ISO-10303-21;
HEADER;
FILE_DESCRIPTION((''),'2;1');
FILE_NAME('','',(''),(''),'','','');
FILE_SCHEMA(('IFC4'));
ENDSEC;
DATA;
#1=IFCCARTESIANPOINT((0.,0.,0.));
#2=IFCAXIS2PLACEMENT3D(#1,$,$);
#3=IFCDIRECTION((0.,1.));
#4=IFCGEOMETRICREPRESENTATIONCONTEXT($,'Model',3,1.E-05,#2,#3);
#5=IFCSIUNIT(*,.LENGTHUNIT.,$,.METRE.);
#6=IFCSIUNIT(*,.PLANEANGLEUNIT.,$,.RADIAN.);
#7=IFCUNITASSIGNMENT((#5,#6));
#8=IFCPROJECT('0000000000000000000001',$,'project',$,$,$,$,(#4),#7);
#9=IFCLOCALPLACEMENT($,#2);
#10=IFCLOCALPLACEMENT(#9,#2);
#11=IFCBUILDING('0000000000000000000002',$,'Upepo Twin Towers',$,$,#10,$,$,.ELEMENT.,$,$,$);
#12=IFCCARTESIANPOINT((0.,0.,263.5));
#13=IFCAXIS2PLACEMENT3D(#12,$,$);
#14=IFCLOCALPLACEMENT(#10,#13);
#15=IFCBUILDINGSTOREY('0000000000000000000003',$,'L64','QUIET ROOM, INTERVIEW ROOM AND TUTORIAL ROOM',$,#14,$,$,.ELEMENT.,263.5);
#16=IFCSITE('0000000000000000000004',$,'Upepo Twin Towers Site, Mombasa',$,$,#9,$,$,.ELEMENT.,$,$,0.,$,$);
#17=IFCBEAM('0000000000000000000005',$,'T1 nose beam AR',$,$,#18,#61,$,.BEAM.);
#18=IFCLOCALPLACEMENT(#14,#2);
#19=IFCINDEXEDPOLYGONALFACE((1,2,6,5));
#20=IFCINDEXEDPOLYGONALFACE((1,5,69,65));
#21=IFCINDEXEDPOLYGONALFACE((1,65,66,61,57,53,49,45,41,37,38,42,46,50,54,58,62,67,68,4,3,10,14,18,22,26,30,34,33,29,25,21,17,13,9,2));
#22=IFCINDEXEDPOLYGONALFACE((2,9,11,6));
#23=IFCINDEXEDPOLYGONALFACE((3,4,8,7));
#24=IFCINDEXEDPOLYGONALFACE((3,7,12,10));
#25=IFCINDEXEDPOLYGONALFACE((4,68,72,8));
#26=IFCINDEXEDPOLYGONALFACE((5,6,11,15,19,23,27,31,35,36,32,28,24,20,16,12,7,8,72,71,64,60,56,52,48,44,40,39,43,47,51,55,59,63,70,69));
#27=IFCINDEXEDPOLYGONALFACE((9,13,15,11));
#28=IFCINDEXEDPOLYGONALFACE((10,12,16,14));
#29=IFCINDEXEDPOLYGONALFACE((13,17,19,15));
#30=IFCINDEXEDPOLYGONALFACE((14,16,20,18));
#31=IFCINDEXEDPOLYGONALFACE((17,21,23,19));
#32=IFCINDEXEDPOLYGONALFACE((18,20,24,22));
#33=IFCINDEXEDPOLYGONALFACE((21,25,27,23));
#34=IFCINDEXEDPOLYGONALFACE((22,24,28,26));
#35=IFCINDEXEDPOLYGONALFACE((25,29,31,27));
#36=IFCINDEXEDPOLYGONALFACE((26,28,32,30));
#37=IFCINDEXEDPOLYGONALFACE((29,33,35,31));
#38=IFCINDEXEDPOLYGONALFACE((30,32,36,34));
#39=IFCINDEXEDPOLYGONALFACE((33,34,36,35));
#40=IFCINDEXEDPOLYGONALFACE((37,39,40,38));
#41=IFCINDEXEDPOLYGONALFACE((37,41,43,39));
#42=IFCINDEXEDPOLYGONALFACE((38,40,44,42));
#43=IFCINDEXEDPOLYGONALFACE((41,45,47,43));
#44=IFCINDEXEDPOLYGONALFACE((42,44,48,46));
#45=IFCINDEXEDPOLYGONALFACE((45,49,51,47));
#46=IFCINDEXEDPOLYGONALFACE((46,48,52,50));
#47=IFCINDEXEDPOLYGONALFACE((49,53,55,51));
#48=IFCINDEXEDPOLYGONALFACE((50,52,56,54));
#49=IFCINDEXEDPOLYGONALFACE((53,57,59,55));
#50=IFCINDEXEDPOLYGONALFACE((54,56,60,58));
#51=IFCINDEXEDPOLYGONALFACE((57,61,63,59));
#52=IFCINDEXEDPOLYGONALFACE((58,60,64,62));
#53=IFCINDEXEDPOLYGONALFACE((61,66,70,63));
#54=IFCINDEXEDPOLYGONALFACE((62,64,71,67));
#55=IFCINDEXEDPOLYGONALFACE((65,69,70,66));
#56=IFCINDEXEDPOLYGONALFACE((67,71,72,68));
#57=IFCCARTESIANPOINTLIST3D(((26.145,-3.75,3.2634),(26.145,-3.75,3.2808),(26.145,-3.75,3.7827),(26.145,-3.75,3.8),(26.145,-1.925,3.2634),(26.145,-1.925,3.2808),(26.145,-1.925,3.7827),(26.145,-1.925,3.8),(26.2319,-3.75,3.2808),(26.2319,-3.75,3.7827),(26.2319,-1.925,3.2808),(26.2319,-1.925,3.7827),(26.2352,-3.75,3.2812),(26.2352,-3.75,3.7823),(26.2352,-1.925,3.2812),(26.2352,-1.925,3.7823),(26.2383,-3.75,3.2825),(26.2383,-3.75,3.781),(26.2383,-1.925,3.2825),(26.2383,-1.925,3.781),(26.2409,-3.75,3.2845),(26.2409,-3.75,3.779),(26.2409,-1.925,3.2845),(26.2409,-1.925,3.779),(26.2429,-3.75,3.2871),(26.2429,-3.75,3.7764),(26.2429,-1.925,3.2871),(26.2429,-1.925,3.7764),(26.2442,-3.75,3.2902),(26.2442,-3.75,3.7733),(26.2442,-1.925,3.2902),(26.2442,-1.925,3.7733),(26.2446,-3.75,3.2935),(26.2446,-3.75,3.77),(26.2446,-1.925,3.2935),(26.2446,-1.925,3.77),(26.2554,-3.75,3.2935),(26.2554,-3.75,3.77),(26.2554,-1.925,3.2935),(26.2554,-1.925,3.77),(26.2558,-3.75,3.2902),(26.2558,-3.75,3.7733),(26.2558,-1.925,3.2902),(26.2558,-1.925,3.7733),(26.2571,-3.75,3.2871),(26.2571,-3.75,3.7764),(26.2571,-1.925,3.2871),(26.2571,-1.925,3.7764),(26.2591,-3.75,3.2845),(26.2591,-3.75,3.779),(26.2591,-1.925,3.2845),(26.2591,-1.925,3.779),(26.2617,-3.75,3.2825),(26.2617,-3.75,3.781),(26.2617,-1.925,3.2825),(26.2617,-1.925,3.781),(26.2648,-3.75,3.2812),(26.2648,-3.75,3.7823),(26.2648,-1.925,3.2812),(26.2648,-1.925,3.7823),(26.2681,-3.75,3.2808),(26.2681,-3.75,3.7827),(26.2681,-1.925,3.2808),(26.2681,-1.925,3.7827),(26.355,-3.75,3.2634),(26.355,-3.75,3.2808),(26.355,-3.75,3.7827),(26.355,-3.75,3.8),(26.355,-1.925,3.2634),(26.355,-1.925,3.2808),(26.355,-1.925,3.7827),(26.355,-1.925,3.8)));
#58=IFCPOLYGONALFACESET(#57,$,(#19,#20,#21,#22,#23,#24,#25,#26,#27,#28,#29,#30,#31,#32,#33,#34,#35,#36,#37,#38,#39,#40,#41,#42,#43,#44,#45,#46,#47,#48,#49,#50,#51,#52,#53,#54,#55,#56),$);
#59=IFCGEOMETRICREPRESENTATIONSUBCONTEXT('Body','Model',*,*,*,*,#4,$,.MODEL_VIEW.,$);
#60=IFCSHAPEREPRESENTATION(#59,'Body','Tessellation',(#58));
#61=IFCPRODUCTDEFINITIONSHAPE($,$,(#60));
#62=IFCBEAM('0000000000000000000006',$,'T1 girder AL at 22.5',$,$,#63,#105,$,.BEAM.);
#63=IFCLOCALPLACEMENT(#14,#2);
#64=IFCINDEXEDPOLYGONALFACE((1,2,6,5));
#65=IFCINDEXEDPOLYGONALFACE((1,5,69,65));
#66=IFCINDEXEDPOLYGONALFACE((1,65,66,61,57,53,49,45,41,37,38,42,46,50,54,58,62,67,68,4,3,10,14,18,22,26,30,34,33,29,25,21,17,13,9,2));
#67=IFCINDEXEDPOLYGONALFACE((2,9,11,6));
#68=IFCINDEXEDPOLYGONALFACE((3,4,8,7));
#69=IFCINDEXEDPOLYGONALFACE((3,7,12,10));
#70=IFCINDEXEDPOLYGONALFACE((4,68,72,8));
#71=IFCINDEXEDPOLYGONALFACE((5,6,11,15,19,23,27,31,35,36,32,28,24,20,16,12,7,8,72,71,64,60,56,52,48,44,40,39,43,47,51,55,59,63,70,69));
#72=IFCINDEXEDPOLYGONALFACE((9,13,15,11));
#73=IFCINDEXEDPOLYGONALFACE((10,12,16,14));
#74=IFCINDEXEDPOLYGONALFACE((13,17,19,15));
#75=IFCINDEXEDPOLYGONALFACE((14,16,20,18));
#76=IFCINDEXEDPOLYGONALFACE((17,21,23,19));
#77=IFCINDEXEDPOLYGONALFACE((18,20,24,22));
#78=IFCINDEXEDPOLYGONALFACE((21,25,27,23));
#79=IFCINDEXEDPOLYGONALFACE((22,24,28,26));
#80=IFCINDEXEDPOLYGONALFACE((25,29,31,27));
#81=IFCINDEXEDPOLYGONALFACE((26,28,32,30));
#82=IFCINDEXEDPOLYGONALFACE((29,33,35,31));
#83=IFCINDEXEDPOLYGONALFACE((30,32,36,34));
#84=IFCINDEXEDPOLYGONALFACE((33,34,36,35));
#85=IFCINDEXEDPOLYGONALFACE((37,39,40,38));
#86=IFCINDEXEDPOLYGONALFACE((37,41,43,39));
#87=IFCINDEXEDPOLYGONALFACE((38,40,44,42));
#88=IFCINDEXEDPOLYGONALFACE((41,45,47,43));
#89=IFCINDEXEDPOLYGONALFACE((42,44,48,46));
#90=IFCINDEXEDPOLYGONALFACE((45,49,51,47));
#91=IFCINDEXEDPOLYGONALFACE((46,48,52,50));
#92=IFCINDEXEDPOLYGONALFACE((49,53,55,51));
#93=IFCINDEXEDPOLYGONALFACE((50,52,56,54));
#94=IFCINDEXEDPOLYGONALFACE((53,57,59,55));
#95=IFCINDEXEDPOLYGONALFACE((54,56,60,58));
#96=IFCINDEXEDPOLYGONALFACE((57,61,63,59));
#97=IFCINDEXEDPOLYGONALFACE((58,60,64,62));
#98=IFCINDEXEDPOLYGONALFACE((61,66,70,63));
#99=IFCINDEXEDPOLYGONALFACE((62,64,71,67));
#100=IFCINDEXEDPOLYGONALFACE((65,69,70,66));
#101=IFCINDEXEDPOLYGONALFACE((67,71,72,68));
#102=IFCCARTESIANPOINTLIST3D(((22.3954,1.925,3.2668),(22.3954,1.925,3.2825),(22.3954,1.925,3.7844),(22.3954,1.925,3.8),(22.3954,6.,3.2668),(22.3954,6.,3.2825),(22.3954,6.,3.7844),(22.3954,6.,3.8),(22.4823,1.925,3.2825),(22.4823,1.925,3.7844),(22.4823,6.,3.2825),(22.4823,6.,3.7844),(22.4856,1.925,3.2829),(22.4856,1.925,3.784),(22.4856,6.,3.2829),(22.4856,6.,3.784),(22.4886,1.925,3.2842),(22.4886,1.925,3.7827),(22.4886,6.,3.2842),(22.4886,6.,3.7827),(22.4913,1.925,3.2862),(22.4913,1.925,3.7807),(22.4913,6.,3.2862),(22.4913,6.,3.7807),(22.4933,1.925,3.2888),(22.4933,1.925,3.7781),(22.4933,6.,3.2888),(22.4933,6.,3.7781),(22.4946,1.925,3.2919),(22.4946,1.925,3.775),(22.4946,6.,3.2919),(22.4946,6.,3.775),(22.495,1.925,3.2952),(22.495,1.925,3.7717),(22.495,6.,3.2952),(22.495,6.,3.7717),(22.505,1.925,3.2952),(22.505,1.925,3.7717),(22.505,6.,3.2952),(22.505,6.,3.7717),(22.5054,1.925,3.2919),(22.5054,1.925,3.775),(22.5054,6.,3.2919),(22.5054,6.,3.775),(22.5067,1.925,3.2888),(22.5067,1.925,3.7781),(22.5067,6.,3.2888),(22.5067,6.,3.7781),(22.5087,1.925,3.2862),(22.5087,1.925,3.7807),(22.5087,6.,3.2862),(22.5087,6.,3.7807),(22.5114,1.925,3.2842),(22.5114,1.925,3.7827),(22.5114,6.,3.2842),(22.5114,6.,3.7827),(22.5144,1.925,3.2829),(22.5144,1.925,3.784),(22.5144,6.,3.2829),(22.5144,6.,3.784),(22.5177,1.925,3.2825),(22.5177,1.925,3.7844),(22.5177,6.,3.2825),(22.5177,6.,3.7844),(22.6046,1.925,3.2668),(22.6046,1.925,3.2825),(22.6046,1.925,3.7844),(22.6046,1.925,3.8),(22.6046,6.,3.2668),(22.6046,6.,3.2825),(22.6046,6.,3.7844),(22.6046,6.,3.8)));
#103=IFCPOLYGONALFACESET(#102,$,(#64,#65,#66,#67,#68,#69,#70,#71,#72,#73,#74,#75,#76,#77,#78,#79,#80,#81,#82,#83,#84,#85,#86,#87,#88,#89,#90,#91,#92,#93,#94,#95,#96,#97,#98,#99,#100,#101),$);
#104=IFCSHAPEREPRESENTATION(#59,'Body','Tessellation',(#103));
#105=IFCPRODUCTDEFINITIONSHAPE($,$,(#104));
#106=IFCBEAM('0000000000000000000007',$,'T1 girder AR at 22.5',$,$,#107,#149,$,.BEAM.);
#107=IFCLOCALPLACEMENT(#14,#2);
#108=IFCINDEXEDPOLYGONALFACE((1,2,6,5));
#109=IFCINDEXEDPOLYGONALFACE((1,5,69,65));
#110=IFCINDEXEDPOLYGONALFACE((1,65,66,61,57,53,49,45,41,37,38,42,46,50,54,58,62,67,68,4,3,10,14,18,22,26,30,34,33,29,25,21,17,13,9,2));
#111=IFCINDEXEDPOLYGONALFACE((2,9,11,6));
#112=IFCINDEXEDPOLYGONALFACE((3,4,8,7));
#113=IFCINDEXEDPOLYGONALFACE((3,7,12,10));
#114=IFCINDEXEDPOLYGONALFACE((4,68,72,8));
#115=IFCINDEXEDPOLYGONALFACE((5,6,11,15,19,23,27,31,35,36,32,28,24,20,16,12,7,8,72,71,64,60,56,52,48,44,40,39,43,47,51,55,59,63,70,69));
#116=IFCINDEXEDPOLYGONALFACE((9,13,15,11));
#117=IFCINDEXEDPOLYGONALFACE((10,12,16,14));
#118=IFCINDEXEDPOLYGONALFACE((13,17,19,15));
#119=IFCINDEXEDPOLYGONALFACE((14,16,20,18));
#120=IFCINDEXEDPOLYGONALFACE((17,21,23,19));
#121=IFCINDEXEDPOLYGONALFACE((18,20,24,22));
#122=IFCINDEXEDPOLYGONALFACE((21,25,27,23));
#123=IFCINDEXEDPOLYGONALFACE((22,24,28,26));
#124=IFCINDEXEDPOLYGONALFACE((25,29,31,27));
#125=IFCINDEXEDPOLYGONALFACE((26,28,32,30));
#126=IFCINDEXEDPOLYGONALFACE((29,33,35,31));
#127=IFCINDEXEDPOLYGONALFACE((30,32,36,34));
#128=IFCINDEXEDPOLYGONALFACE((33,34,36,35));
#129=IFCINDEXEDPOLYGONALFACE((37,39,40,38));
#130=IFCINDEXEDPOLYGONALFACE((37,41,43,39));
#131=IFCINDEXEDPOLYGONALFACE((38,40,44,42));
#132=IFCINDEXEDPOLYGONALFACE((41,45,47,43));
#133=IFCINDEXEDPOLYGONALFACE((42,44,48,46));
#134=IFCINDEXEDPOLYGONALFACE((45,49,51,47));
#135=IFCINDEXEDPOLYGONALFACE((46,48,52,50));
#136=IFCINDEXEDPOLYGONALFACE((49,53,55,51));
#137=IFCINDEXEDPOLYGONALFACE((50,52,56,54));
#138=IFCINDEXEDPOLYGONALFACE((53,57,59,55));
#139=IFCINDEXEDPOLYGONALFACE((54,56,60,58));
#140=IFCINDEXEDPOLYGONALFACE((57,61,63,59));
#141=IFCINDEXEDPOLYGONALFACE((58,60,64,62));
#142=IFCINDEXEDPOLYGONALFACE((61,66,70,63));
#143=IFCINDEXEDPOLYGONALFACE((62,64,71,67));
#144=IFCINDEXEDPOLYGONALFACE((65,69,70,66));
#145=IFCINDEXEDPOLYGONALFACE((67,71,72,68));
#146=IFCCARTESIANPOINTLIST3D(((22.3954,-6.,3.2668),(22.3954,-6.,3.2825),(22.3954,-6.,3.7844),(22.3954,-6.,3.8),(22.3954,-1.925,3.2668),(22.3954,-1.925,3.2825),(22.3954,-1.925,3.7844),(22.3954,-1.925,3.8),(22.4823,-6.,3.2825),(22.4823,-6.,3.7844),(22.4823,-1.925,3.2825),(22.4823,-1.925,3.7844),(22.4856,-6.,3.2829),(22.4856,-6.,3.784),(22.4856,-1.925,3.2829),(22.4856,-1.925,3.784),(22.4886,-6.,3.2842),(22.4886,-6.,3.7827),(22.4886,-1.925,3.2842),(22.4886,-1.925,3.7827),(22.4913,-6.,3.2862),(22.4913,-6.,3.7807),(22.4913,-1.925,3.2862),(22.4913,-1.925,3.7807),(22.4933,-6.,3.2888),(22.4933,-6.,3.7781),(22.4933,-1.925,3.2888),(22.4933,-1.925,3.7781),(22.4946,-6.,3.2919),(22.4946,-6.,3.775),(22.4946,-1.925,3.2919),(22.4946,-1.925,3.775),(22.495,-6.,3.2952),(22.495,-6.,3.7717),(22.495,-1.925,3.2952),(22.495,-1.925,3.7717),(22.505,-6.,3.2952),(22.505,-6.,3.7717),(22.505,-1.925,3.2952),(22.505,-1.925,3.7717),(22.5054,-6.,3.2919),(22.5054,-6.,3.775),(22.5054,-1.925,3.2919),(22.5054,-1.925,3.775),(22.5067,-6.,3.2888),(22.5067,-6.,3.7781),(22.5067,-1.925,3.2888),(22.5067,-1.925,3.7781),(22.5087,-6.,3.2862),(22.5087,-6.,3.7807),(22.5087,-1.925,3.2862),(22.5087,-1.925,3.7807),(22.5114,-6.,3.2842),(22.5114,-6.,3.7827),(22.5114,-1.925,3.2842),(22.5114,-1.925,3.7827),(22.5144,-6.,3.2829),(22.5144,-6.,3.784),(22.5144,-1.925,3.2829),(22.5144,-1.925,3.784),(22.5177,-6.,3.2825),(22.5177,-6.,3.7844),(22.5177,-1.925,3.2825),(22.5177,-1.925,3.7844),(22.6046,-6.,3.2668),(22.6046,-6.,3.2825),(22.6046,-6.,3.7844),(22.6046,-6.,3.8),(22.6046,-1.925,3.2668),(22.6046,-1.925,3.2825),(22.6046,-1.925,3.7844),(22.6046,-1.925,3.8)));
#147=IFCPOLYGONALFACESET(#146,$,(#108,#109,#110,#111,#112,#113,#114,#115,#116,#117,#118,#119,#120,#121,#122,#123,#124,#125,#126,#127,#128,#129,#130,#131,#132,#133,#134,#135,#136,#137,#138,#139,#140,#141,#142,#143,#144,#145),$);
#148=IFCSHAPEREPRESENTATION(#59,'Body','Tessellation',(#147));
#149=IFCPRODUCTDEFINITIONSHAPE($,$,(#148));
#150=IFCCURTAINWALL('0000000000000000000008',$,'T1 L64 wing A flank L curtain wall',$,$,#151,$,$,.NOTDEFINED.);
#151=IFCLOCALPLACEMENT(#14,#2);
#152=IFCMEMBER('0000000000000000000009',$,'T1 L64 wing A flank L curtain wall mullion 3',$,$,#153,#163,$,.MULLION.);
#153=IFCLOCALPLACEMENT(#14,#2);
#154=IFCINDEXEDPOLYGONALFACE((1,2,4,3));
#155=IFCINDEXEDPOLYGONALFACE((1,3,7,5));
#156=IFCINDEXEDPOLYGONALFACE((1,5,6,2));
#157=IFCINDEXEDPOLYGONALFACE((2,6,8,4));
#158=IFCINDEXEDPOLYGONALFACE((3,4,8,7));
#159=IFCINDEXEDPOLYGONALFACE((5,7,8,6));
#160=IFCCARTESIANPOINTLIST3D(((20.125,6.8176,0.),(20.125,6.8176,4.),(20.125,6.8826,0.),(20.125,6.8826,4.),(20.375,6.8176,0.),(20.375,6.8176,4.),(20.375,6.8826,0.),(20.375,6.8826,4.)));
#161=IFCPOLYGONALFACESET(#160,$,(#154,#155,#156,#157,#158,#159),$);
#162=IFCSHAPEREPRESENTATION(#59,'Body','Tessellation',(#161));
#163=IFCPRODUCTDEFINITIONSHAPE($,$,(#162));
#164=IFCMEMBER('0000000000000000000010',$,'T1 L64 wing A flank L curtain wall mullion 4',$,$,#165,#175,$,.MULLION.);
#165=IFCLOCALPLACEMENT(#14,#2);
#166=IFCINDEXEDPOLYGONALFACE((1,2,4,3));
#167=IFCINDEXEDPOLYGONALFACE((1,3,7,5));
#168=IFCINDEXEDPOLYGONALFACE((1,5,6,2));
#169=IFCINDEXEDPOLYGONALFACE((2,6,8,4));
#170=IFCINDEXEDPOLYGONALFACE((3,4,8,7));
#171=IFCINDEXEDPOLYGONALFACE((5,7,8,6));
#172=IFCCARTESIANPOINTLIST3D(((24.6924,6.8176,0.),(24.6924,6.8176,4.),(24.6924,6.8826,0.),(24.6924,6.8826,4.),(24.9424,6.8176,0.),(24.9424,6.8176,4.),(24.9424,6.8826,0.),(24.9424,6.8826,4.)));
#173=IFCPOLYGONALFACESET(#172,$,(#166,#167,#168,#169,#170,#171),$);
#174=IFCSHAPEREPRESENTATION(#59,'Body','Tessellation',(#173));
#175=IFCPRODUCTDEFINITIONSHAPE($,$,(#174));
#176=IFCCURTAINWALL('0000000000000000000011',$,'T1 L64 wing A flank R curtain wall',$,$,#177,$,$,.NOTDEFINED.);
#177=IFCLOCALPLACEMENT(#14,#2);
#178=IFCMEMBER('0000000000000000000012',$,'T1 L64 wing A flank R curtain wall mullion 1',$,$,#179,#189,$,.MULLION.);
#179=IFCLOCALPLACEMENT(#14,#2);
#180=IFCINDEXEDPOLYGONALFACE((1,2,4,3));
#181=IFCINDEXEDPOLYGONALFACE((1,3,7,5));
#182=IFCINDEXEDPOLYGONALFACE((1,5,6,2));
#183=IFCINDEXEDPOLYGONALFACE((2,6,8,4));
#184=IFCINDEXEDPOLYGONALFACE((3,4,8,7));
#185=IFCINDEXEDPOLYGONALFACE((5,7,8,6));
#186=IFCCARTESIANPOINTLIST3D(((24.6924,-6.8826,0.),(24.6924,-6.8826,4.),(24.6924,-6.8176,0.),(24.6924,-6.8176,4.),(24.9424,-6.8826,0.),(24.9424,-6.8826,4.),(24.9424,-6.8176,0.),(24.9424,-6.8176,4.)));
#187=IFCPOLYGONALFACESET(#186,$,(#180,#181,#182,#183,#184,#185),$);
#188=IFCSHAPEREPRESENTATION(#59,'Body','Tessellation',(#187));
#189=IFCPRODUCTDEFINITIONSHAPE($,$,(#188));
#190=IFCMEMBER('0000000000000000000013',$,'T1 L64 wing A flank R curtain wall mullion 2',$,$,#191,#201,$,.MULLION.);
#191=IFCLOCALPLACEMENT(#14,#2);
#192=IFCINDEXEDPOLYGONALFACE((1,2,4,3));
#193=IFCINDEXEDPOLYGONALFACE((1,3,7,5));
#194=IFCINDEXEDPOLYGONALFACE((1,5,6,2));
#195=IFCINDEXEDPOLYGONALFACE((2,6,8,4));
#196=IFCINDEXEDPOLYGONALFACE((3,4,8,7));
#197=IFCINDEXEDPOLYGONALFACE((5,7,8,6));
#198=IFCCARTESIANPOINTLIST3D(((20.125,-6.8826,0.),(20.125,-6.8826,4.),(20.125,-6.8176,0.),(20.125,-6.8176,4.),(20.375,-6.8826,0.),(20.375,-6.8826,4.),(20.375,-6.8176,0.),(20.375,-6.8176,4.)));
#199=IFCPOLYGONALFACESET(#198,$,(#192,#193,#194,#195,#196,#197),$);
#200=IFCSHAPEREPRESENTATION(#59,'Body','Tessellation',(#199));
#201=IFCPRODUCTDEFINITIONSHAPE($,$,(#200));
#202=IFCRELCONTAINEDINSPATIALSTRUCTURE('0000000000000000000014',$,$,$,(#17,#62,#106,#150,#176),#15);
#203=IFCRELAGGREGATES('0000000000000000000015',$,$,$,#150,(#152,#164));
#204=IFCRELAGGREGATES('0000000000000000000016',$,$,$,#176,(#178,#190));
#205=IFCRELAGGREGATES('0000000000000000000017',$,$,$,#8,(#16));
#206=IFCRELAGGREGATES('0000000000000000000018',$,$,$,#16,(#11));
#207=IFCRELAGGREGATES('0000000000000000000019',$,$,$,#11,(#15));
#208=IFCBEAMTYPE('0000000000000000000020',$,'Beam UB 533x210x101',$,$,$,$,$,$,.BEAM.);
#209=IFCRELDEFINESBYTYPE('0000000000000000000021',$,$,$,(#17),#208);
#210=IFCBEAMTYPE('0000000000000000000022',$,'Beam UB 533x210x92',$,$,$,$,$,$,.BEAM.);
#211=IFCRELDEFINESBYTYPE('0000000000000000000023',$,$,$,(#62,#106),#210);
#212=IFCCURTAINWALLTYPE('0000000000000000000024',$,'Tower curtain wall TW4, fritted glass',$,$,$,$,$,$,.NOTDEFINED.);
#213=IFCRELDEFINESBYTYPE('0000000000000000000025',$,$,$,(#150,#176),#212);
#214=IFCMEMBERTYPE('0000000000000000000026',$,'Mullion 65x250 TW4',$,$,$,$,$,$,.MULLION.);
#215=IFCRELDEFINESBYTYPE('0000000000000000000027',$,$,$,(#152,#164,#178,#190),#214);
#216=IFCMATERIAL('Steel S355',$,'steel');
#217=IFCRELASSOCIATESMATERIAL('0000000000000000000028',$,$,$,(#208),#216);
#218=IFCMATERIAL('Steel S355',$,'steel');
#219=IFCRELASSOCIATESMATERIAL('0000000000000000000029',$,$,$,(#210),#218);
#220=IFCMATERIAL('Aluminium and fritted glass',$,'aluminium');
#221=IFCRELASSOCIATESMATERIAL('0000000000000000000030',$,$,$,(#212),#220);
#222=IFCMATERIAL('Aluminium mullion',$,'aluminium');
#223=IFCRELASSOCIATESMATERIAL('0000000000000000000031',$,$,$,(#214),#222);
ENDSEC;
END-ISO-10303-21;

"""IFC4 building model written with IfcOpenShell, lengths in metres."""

from ifc_helpers import new_model, si_unit, direction, frame, origin, origin_2d, place, context, subcontext, project, spatial, rectangle, i_section, extrude, material, material_profile, profile_set, type_object, element, aggregate, save


model = new_model("IFC4")

# Units and contexts
model_context = context("Model", 3, precision=1e-05, world=origin(), true_north=direction((0.0, 1.0)))
body_context = subcontext(model_context, "Body", "Model", "MODEL_VIEW")
ifc_project = project(units=[si_unit("LENGTHUNIT", "METRE"), si_unit("PLANEANGLEUNIT", "RADIAN")], contexts=[model_context])

# Site, building, storey
site_placement = place(None, origin())
site = spatial("IfcSite", under=ifc_project, at=site_placement, Name="Upepo Twin Towers Site, Mombasa", CompositionType="ELEMENT", RefElevation=0.0)
building_placement = place(site_placement, origin())
building = spatial("IfcBuilding", under=site, at=building_placement, Name="Upepo Twin Towers", CompositionType="ELEMENT")
storey_placement = place(building_placement, frame((0.0, 0.0, 263.5)))
storey = spatial("IfcBuildingStorey", under=building, at=storey_placement, Name="L64", Description="QUIET ROOM, INTERVIEW ROOM AND TUTORIAL ROOM", CompositionType="ELEMENT", Elevation=263.5)

# Beams
ifc_material_1 = material(Name="Steel S355", Category="steel")
ifc_material_profile_1 = material_profile(ifc_material_1, i_section(OverallWidth=0.21, OverallDepth=0.5366, WebThickness=0.0107, FlangeThickness=0.0173, FilletRadius=0.0127, at=origin_2d()), Name="UB 533x210x101")
ifc_profile_set_1 = profile_set([ifc_material_profile_1], Name="Steel S355")
beam_type_1 = type_object("IfcBeamType", Name="Beam UB 533x210x101", PredefinedType="BEAM", material=ifc_profile_set_1)
for number, where, z_axis, x_axis, name in (
    (1, (26.25, -3.75, 3.5317), (0.0, 1.0, 0.0), (-1.0, 0.0, 0.0), "T1 nose beam AR"),
):
    element("IfcBeam", number, at=place(storey_placement, frame(where, z_axis=z_axis, x_axis=x_axis)), inside=storey, type_object=beam_type_1, Name=name, PredefinedType="BEAM", context=body_context, shape_type="SweptSolid", body=[
        extrude(i_section(OverallWidth=0.21, OverallDepth=0.5366, WebThickness=0.0107, FlangeThickness=0.0173, FilletRadius=0.0127, at=origin_2d()), origin(), (0.0, 0.0, 1.0), 1.825),
    ])
ifc_material_2 = material(Name="Steel S355", Category="steel")
ifc_material_profile_2 = material_profile(ifc_material_2, i_section(OverallWidth=0.2092, OverallDepth=0.5332, WebThickness=0.01, FlangeThickness=0.0156, FilletRadius=0.0127, at=origin_2d()), Name="UB 533x210x92")
ifc_profile_set_2 = profile_set([ifc_material_profile_2], Name="Steel S355")
beam_type_2 = type_object("IfcBeamType", Name="Beam UB 533x210x92", PredefinedType="BEAM", material=ifc_profile_set_2)
for number, where, z_axis, x_axis, name in (
    (2, (22.5, 6.0, 3.5334), (0.0, -1.0, 0.0), (1.0, 0.0, 0.0), "T1 girder AL at 22.5"),
    (3, (22.5, -6.0, 3.5334), (0.0, 1.0, 0.0), (-1.0, 0.0, 0.0), "T1 girder AR at 22.5"),
):
    element("IfcBeam", number, at=place(storey_placement, frame(where, z_axis=z_axis, x_axis=x_axis)), inside=storey, type_object=beam_type_2, Name=name, PredefinedType="BEAM", context=body_context, shape_type="SweptSolid", body=[
        extrude(i_section(OverallWidth=0.2092, OverallDepth=0.5332, WebThickness=0.01, FlangeThickness=0.0156, FilletRadius=0.0127, at=origin_2d()), origin(), (0.0, 0.0, 1.0), 4.075),
    ])

# Curtain walls, members
ifc_material_3 = material(Name="Aluminium and fritted glass", Category="aluminium")
curtain_wall_type = type_object("IfcCurtainWallType", Name="Tower curtain wall TW4, fritted glass", PredefinedType="NOTDEFINED", material=ifc_material_3)
curtain_wall_1_placement = place(storey_placement, origin())
curtain_wall_1 = element("IfcCurtainWall", 4, at=curtain_wall_1_placement, inside=storey, type_object=curtain_wall_type, Name="T1 L64 wing A flank L curtain wall", PredefinedType="NOTDEFINED")
ifc_material_4 = material(Name="Aluminium mullion", Category="aluminium")
ifc_material_profile_3 = material_profile(ifc_material_4, rectangle(XDim=0.0649, YDim=0.25, at=origin_2d()), Name="MULLION 65x250")
ifc_profile_set_3 = profile_set([ifc_material_profile_3], Name="Aluminium mullion")
member_type_1 = type_object("IfcMemberType", Name="Mullion 65x250 TW4", PredefinedType="MULLION", material=ifc_profile_set_3)
member_1_placement = place(storey_placement, frame((20.25, 6.8501, 0.0), z_axis=(0.0, 0.0, 1.0), x_axis=(0.0, 1.0, 0.0)))
member_1 = element("IfcMember", 5, at=member_1_placement, type_object=member_type_1, Name="T1 L64 wing A flank L curtain wall mullion 3", PredefinedType="MULLION", context=body_context, shape_type="SweptSolid", body=[
    extrude(rectangle(XDim=0.0649, YDim=0.25, at=origin_2d()), origin(), (0.0, 0.0, 1.0), 4.0),
])
member_2_placement = place(storey_placement, frame((24.8174, 6.8501, 0.0), z_axis=(0.0, 0.0, 1.0), x_axis=(0.0, 1.0, 0.0)))
member_2 = element("IfcMember", 6, at=member_2_placement, type_object=member_type_1, Name="T1 L64 wing A flank L curtain wall mullion 4", PredefinedType="MULLION", context=body_context, shape_type="SweptSolid", body=[
    extrude(rectangle(XDim=0.0649, YDim=0.25, at=origin_2d()), origin(), (0.0, 0.0, 1.0), 4.0),
])
curtain_wall_2_placement = place(storey_placement, origin())
curtain_wall_2 = element("IfcCurtainWall", 7, at=curtain_wall_2_placement, inside=storey, type_object=curtain_wall_type, Name="T1 L64 wing A flank R curtain wall", PredefinedType="NOTDEFINED")
member_3_placement = place(storey_placement, frame((24.8174, -6.8501, 0.0), z_axis=(0.0, 0.0, 1.0), x_axis=(0.0, -1.0, 0.0)))
member_3 = element("IfcMember", 8, at=member_3_placement, type_object=member_type_1, Name="T1 L64 wing A flank R curtain wall mullion 1", PredefinedType="MULLION", context=body_context, shape_type="SweptSolid", body=[
    extrude(rectangle(XDim=0.0649, YDim=0.25, at=origin_2d()), origin(), (0.0, 0.0, 1.0), 4.0),
])
member_4_placement = place(storey_placement, frame((20.25, -6.8501, 0.0), z_axis=(0.0, 0.0, 1.0), x_axis=(0.0, -1.0, 0.0)))
member_4 = element("IfcMember", 9, at=member_4_placement, type_object=member_type_1, Name="T1 L64 wing A flank R curtain wall mullion 2", PredefinedType="MULLION", context=body_context, shape_type="SweptSolid", body=[
    extrude(rectangle(XDim=0.0649, YDim=0.25, at=origin_2d()), origin(), (0.0, 0.0, 1.0), 4.0),
])

aggregate(curtain_wall_1, [member_1, member_2])
aggregate(curtain_wall_2, [member_3, member_4])

save(model, "model.ifc")
